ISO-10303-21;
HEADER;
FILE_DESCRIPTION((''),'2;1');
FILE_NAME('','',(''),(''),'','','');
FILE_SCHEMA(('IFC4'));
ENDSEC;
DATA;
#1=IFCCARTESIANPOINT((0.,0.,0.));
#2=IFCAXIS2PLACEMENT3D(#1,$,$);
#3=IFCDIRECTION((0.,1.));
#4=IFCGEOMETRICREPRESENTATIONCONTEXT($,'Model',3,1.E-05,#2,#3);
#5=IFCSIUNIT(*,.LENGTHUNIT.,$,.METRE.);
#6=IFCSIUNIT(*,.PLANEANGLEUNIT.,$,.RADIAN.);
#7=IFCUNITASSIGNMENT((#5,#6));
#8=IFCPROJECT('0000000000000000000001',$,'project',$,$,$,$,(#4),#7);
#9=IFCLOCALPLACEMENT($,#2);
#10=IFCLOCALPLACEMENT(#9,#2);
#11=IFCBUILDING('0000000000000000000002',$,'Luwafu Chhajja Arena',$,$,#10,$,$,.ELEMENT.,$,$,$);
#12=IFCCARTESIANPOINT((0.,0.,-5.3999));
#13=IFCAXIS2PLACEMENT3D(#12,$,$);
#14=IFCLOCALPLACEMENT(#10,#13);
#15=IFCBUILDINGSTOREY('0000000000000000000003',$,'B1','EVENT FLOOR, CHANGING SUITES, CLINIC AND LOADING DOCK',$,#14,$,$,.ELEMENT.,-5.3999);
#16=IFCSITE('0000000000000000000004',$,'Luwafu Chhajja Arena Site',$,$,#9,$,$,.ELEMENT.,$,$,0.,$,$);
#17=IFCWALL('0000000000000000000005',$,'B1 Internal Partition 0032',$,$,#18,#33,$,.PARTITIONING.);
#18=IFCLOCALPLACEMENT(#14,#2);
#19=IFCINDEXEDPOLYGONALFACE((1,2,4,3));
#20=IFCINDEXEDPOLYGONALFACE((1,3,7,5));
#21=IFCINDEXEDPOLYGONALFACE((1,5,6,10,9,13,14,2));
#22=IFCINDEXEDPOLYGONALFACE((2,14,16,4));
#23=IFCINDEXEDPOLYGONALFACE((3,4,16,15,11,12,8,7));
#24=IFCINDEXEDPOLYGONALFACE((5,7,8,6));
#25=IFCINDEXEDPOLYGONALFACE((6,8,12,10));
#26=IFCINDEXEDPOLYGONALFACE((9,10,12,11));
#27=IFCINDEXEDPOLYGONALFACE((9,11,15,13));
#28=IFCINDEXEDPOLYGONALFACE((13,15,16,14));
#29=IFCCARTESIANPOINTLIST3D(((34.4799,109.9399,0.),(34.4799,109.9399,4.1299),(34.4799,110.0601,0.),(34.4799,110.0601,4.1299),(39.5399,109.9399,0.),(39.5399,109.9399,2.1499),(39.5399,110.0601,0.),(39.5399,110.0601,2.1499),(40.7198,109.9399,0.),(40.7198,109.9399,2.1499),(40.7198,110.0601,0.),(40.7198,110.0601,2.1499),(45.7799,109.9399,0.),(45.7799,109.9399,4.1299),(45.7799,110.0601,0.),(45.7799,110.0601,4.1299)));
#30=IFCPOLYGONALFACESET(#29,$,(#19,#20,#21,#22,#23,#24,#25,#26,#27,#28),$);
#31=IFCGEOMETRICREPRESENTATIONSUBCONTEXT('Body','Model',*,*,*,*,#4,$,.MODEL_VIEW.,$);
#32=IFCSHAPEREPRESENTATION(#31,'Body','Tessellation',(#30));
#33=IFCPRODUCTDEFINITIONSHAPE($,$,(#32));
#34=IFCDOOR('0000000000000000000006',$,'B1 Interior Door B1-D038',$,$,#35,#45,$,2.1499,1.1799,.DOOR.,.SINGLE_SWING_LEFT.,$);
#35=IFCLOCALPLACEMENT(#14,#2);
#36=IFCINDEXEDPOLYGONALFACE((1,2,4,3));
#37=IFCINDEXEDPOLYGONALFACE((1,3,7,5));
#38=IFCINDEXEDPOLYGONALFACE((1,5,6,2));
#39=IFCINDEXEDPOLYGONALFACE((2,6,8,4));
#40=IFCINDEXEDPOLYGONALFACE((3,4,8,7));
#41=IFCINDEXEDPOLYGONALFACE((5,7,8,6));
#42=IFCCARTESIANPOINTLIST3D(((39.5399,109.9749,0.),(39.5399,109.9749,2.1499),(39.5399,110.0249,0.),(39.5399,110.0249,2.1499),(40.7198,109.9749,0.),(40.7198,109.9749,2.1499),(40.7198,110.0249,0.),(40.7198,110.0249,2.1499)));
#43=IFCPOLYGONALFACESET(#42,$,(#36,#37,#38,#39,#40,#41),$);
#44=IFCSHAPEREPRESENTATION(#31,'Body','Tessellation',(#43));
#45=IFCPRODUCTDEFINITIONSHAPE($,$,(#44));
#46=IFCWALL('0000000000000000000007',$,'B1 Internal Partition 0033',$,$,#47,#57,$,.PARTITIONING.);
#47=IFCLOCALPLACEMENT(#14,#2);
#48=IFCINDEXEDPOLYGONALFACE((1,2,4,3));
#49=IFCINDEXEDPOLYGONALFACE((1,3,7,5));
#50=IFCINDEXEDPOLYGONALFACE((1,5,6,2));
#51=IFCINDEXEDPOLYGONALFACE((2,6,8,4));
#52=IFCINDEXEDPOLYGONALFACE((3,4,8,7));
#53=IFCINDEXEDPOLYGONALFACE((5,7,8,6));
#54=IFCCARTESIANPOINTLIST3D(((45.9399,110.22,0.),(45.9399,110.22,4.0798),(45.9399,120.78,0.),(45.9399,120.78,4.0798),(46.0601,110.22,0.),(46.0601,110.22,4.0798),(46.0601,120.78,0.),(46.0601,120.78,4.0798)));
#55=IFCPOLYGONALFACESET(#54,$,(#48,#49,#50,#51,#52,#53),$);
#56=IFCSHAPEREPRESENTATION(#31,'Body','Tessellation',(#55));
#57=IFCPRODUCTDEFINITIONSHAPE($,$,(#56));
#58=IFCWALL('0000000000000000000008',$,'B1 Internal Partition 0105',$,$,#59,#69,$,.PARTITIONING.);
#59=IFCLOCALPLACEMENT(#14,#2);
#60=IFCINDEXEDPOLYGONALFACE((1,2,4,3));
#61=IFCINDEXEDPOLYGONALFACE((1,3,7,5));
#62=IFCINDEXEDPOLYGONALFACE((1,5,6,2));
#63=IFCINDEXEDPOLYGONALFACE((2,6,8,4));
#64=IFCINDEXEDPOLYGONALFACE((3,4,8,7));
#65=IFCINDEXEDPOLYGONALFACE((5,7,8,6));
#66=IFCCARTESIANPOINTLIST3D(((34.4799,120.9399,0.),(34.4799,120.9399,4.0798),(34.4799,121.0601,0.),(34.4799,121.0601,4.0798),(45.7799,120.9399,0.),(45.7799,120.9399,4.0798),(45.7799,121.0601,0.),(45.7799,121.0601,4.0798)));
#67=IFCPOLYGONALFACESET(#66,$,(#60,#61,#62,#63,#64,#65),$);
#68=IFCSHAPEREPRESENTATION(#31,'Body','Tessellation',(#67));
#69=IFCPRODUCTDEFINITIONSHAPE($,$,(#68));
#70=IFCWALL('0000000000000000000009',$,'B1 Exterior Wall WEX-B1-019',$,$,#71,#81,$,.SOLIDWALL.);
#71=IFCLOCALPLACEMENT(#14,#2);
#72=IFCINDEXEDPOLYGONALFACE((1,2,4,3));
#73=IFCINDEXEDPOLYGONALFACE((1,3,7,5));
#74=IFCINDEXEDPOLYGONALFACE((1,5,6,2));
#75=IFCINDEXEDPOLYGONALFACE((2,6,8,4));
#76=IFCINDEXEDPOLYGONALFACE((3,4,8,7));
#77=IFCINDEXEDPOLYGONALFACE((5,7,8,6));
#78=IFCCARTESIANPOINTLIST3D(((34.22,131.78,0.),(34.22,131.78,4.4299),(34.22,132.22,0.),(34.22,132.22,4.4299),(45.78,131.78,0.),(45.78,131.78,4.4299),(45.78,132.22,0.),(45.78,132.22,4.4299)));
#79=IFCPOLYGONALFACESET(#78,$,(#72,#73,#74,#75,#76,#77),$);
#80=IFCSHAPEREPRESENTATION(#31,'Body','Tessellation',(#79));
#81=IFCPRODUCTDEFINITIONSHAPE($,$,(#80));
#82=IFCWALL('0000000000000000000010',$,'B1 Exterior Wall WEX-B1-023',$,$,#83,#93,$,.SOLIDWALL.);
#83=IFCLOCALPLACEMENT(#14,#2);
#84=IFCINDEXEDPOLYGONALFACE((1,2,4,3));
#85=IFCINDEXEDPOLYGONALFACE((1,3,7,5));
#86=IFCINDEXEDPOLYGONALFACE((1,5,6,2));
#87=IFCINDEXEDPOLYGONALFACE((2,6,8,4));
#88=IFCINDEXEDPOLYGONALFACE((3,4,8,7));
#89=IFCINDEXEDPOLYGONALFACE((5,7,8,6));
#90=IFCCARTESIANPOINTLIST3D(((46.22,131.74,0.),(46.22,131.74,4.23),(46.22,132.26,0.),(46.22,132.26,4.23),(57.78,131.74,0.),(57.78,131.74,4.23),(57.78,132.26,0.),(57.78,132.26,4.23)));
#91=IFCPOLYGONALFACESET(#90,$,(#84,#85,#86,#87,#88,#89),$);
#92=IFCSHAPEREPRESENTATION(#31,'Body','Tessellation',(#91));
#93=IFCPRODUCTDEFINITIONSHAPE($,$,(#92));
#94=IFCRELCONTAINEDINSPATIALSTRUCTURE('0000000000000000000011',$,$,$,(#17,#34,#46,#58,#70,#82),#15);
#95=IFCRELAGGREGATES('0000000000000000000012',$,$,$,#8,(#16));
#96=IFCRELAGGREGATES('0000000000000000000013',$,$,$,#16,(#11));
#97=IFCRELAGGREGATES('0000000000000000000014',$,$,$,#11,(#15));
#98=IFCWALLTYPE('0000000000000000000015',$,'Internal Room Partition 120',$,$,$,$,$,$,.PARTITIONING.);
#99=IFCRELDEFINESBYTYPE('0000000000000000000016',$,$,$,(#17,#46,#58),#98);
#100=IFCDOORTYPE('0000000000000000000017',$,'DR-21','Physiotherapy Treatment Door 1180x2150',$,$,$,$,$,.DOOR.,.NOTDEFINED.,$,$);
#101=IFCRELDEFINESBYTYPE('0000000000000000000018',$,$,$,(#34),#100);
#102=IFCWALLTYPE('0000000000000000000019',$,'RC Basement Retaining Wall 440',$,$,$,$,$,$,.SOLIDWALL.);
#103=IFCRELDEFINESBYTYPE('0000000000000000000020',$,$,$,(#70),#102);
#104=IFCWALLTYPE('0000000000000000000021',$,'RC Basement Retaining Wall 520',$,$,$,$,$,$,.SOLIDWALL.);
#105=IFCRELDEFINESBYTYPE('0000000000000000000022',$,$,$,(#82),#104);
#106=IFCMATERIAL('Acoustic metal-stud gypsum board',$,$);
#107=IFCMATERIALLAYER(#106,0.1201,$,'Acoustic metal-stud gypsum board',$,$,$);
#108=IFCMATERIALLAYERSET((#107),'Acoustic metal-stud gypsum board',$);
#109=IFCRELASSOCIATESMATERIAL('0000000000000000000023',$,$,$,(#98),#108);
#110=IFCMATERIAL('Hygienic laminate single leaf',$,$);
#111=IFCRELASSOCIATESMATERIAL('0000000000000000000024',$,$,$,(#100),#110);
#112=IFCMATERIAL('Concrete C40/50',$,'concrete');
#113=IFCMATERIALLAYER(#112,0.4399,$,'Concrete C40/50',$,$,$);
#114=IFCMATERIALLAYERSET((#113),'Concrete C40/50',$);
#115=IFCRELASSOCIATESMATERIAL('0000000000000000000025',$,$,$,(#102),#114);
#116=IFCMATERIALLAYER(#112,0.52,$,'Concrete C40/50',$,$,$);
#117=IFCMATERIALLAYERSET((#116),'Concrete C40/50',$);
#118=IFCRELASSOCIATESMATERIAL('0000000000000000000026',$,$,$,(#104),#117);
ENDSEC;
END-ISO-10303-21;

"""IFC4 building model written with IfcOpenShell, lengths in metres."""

from ifc_helpers import new_model, si_unit, direction, frame, frame_2d, origin, place, context, subcontext, project, spatial, rectangle, extrude, material, layer, layer_set, type_object, element, fill, save


model = new_model("IFC4")

# Units and contexts
model_context = context("Model", 3, precision=1e-05, world=origin(), true_north=direction((0.0, 1.0)))
body_context = subcontext(model_context, "Body", "Model", "MODEL_VIEW")
ifc_project = project(units=[si_unit("LENGTHUNIT", "METRE"), si_unit("PLANEANGLEUNIT", "RADIAN")], contexts=[model_context])

# Site, building, storey
site_placement = place(None, origin())
site = spatial("IfcSite", under=ifc_project, at=site_placement, Name="Luwafu Chhajja Arena Site", CompositionType="ELEMENT", RefElevation=0.0)
building_placement = place(site_placement, origin())
building = spatial("IfcBuilding", under=site, at=building_placement, Name="Luwafu Chhajja Arena", CompositionType="ELEMENT")
storey_placement = place(building_placement, frame((0.0, 0.0, -5.3999)))
storey = spatial("IfcBuildingStorey", under=building, at=storey_placement, Name="B1", Description="EVENT FLOOR, CHANGING SUITES, CLINIC AND LOADING DOCK", CompositionType="ELEMENT", Elevation=-5.3999)

# Shared definitions
ifc_material_1 = material(Name="Concrete C40/50", Category="concrete")

# Wall, opening, door
ifc_material_2 = material(Name="Acoustic metal-stud gypsum board")
ifc_layer_1 = layer(ifc_material_2, 0.1201, Name="Acoustic metal-stud gypsum board")
ifc_layer_set_1 = layer_set([ifc_layer_1], Name="Acoustic metal-stud gypsum board")
wall_type_1 = type_object("IfcWallType", Name="Internal Room Partition 120", PredefinedType="PARTITIONING", material=ifc_layer_set_1)
wall_1_placement = place(storey_placement, frame((34.48, 110.0, 0.0), z_axis=(0.0, 0.0, 1.0), x_axis=(1.0, 0.0, 0.0)))
wall_1 = element("IfcWall", 1, at=wall_1_placement, inside=storey, type_object=wall_type_1, Name="B1 Internal Partition 0032", PredefinedType="PARTITIONING", context=body_context, shape_type="SweptSolid", body=[
    extrude(rectangle(XDim=11.3, YDim=0.1201, at=frame_2d((5.6499, 0.0))), origin(), (0.0, 0.0, 1.0), 4.1299),
])
opening_1_placement = place(wall_1_placement, frame((5.0601, 0.0, 0.0)))
opening_1 = element("IfcOpeningElement", 2, at=opening_1_placement, cuts=wall_1, PredefinedType="OPENING", context=body_context, shape_type="SweptSolid", body=[
    extrude(rectangle(XDim=1.1799, YDim=2.1499, at=frame_2d((0.5898, 1.075))), frame((0.0, 0.0701, 0.0), z_axis=(0.0, -1.0, 0.0), x_axis=(1.0, 0.0, 0.0)), (0.0, 0.0, 1.0), 0.1401),
])
ifc_material_3 = material(Name="Hygienic laminate single leaf")
door_type_1 = type_object("IfcDoorType", Name="DR-21", Description="Physiotherapy Treatment Door 1180x2150", OperationType="NOTDEFINED", PredefinedType="DOOR", material=ifc_material_3)
door_1_placement = place(opening_1_placement, origin())
door_1 = element("IfcDoor", 3, at=door_1_placement, inside=storey, type_object=door_type_1, Name="B1 Interior Door B1-D038", OperationType="SINGLE_SWING_LEFT", OverallHeight=2.1499, OverallWidth=1.1799, PredefinedType="DOOR", context=body_context, shape_type="SweptSolid", body=[
    extrude(rectangle(XDim=1.1799, YDim=2.1499, at=frame_2d((0.5898, 1.075))), frame((0.0, 0.0249, 0.0), z_axis=(0.0, -1.0, 0.0), x_axis=(1.0, 0.0, 0.0)), (0.0, 0.0, 1.0), 0.05),
])
fill(opening_1, door_1)

# Walls
wall_2_placement = place(storey_placement, frame((46.0, 110.22, 0.0), z_axis=(0.0, 0.0, 1.0), x_axis=(0.0, 1.0, 0.0)))
element("IfcWall", 4, at=wall_2_placement, inside=storey, type_object=wall_type_1, Name="B1 Internal Partition 0033", PredefinedType="PARTITIONING", context=body_context, shape_type="SweptSolid", body=[
    extrude(rectangle(XDim=10.5601, YDim=0.1201, at=frame_2d((5.28, 0.0))), origin(), (0.0, 0.0, 1.0), 4.0798),
])
wall_3_placement = place(storey_placement, frame((34.48, 121.0, 0.0), z_axis=(0.0, 0.0, 1.0), x_axis=(1.0, 0.0, 0.0)))
element("IfcWall", 5, at=wall_3_placement, inside=storey, type_object=wall_type_1, Name="B1 Internal Partition 0105", PredefinedType="PARTITIONING", context=body_context, shape_type="SweptSolid", body=[
    extrude(rectangle(XDim=11.3, YDim=0.1201, at=frame_2d((5.6499, 0.0))), origin(), (0.0, 0.0, 1.0), 4.0798),
])
ifc_layer_2 = layer(ifc_material_1, 0.4399, Name="Concrete C40/50")
ifc_layer_set_2 = layer_set([ifc_layer_2], Name="Concrete C40/50")
wall_type_2 = type_object("IfcWallType", Name="RC Basement Retaining Wall 440", PredefinedType="SOLIDWALL", material=ifc_layer_set_2)
wall_4_placement = place(storey_placement, frame((34.22, 132.0, 0.0), z_axis=(0.0, 0.0, 1.0), x_axis=(1.0, 0.0, 0.0)))
element("IfcWall", 6, at=wall_4_placement, inside=storey, type_object=wall_type_2, Name="B1 Exterior Wall WEX-B1-019", PredefinedType="SOLIDWALL", context=body_context, shape_type="SweptSolid", body=[
    extrude(rectangle(XDim=11.5601, YDim=0.4399, at=frame_2d((5.78, 0.0))), origin(), (0.0, 0.0, 1.0), 4.4299),
])
ifc_layer_3 = layer(ifc_material_1, 0.52, Name="Concrete C40/50")
ifc_layer_set_3 = layer_set([ifc_layer_3], Name="Concrete C40/50")
wall_type_3 = type_object("IfcWallType", Name="RC Basement Retaining Wall 520", PredefinedType="SOLIDWALL", material=ifc_layer_set_3)
wall_5_placement = place(storey_placement, frame((46.22, 132.0, 0.0), z_axis=(0.0, 0.0, 1.0), x_axis=(1.0, 0.0, 0.0)))
element("IfcWall", 7, at=wall_5_placement, inside=storey, type_object=wall_type_3, Name="B1 Exterior Wall WEX-B1-023", PredefinedType="SOLIDWALL", context=body_context, shape_type="SweptSolid", body=[
    extrude(rectangle(XDim=11.5601, YDim=0.52, at=frame_2d((5.78, 0.0))), origin(), (0.0, 0.0, 1.0), 4.23),
])

save(model, "model.ifc")
